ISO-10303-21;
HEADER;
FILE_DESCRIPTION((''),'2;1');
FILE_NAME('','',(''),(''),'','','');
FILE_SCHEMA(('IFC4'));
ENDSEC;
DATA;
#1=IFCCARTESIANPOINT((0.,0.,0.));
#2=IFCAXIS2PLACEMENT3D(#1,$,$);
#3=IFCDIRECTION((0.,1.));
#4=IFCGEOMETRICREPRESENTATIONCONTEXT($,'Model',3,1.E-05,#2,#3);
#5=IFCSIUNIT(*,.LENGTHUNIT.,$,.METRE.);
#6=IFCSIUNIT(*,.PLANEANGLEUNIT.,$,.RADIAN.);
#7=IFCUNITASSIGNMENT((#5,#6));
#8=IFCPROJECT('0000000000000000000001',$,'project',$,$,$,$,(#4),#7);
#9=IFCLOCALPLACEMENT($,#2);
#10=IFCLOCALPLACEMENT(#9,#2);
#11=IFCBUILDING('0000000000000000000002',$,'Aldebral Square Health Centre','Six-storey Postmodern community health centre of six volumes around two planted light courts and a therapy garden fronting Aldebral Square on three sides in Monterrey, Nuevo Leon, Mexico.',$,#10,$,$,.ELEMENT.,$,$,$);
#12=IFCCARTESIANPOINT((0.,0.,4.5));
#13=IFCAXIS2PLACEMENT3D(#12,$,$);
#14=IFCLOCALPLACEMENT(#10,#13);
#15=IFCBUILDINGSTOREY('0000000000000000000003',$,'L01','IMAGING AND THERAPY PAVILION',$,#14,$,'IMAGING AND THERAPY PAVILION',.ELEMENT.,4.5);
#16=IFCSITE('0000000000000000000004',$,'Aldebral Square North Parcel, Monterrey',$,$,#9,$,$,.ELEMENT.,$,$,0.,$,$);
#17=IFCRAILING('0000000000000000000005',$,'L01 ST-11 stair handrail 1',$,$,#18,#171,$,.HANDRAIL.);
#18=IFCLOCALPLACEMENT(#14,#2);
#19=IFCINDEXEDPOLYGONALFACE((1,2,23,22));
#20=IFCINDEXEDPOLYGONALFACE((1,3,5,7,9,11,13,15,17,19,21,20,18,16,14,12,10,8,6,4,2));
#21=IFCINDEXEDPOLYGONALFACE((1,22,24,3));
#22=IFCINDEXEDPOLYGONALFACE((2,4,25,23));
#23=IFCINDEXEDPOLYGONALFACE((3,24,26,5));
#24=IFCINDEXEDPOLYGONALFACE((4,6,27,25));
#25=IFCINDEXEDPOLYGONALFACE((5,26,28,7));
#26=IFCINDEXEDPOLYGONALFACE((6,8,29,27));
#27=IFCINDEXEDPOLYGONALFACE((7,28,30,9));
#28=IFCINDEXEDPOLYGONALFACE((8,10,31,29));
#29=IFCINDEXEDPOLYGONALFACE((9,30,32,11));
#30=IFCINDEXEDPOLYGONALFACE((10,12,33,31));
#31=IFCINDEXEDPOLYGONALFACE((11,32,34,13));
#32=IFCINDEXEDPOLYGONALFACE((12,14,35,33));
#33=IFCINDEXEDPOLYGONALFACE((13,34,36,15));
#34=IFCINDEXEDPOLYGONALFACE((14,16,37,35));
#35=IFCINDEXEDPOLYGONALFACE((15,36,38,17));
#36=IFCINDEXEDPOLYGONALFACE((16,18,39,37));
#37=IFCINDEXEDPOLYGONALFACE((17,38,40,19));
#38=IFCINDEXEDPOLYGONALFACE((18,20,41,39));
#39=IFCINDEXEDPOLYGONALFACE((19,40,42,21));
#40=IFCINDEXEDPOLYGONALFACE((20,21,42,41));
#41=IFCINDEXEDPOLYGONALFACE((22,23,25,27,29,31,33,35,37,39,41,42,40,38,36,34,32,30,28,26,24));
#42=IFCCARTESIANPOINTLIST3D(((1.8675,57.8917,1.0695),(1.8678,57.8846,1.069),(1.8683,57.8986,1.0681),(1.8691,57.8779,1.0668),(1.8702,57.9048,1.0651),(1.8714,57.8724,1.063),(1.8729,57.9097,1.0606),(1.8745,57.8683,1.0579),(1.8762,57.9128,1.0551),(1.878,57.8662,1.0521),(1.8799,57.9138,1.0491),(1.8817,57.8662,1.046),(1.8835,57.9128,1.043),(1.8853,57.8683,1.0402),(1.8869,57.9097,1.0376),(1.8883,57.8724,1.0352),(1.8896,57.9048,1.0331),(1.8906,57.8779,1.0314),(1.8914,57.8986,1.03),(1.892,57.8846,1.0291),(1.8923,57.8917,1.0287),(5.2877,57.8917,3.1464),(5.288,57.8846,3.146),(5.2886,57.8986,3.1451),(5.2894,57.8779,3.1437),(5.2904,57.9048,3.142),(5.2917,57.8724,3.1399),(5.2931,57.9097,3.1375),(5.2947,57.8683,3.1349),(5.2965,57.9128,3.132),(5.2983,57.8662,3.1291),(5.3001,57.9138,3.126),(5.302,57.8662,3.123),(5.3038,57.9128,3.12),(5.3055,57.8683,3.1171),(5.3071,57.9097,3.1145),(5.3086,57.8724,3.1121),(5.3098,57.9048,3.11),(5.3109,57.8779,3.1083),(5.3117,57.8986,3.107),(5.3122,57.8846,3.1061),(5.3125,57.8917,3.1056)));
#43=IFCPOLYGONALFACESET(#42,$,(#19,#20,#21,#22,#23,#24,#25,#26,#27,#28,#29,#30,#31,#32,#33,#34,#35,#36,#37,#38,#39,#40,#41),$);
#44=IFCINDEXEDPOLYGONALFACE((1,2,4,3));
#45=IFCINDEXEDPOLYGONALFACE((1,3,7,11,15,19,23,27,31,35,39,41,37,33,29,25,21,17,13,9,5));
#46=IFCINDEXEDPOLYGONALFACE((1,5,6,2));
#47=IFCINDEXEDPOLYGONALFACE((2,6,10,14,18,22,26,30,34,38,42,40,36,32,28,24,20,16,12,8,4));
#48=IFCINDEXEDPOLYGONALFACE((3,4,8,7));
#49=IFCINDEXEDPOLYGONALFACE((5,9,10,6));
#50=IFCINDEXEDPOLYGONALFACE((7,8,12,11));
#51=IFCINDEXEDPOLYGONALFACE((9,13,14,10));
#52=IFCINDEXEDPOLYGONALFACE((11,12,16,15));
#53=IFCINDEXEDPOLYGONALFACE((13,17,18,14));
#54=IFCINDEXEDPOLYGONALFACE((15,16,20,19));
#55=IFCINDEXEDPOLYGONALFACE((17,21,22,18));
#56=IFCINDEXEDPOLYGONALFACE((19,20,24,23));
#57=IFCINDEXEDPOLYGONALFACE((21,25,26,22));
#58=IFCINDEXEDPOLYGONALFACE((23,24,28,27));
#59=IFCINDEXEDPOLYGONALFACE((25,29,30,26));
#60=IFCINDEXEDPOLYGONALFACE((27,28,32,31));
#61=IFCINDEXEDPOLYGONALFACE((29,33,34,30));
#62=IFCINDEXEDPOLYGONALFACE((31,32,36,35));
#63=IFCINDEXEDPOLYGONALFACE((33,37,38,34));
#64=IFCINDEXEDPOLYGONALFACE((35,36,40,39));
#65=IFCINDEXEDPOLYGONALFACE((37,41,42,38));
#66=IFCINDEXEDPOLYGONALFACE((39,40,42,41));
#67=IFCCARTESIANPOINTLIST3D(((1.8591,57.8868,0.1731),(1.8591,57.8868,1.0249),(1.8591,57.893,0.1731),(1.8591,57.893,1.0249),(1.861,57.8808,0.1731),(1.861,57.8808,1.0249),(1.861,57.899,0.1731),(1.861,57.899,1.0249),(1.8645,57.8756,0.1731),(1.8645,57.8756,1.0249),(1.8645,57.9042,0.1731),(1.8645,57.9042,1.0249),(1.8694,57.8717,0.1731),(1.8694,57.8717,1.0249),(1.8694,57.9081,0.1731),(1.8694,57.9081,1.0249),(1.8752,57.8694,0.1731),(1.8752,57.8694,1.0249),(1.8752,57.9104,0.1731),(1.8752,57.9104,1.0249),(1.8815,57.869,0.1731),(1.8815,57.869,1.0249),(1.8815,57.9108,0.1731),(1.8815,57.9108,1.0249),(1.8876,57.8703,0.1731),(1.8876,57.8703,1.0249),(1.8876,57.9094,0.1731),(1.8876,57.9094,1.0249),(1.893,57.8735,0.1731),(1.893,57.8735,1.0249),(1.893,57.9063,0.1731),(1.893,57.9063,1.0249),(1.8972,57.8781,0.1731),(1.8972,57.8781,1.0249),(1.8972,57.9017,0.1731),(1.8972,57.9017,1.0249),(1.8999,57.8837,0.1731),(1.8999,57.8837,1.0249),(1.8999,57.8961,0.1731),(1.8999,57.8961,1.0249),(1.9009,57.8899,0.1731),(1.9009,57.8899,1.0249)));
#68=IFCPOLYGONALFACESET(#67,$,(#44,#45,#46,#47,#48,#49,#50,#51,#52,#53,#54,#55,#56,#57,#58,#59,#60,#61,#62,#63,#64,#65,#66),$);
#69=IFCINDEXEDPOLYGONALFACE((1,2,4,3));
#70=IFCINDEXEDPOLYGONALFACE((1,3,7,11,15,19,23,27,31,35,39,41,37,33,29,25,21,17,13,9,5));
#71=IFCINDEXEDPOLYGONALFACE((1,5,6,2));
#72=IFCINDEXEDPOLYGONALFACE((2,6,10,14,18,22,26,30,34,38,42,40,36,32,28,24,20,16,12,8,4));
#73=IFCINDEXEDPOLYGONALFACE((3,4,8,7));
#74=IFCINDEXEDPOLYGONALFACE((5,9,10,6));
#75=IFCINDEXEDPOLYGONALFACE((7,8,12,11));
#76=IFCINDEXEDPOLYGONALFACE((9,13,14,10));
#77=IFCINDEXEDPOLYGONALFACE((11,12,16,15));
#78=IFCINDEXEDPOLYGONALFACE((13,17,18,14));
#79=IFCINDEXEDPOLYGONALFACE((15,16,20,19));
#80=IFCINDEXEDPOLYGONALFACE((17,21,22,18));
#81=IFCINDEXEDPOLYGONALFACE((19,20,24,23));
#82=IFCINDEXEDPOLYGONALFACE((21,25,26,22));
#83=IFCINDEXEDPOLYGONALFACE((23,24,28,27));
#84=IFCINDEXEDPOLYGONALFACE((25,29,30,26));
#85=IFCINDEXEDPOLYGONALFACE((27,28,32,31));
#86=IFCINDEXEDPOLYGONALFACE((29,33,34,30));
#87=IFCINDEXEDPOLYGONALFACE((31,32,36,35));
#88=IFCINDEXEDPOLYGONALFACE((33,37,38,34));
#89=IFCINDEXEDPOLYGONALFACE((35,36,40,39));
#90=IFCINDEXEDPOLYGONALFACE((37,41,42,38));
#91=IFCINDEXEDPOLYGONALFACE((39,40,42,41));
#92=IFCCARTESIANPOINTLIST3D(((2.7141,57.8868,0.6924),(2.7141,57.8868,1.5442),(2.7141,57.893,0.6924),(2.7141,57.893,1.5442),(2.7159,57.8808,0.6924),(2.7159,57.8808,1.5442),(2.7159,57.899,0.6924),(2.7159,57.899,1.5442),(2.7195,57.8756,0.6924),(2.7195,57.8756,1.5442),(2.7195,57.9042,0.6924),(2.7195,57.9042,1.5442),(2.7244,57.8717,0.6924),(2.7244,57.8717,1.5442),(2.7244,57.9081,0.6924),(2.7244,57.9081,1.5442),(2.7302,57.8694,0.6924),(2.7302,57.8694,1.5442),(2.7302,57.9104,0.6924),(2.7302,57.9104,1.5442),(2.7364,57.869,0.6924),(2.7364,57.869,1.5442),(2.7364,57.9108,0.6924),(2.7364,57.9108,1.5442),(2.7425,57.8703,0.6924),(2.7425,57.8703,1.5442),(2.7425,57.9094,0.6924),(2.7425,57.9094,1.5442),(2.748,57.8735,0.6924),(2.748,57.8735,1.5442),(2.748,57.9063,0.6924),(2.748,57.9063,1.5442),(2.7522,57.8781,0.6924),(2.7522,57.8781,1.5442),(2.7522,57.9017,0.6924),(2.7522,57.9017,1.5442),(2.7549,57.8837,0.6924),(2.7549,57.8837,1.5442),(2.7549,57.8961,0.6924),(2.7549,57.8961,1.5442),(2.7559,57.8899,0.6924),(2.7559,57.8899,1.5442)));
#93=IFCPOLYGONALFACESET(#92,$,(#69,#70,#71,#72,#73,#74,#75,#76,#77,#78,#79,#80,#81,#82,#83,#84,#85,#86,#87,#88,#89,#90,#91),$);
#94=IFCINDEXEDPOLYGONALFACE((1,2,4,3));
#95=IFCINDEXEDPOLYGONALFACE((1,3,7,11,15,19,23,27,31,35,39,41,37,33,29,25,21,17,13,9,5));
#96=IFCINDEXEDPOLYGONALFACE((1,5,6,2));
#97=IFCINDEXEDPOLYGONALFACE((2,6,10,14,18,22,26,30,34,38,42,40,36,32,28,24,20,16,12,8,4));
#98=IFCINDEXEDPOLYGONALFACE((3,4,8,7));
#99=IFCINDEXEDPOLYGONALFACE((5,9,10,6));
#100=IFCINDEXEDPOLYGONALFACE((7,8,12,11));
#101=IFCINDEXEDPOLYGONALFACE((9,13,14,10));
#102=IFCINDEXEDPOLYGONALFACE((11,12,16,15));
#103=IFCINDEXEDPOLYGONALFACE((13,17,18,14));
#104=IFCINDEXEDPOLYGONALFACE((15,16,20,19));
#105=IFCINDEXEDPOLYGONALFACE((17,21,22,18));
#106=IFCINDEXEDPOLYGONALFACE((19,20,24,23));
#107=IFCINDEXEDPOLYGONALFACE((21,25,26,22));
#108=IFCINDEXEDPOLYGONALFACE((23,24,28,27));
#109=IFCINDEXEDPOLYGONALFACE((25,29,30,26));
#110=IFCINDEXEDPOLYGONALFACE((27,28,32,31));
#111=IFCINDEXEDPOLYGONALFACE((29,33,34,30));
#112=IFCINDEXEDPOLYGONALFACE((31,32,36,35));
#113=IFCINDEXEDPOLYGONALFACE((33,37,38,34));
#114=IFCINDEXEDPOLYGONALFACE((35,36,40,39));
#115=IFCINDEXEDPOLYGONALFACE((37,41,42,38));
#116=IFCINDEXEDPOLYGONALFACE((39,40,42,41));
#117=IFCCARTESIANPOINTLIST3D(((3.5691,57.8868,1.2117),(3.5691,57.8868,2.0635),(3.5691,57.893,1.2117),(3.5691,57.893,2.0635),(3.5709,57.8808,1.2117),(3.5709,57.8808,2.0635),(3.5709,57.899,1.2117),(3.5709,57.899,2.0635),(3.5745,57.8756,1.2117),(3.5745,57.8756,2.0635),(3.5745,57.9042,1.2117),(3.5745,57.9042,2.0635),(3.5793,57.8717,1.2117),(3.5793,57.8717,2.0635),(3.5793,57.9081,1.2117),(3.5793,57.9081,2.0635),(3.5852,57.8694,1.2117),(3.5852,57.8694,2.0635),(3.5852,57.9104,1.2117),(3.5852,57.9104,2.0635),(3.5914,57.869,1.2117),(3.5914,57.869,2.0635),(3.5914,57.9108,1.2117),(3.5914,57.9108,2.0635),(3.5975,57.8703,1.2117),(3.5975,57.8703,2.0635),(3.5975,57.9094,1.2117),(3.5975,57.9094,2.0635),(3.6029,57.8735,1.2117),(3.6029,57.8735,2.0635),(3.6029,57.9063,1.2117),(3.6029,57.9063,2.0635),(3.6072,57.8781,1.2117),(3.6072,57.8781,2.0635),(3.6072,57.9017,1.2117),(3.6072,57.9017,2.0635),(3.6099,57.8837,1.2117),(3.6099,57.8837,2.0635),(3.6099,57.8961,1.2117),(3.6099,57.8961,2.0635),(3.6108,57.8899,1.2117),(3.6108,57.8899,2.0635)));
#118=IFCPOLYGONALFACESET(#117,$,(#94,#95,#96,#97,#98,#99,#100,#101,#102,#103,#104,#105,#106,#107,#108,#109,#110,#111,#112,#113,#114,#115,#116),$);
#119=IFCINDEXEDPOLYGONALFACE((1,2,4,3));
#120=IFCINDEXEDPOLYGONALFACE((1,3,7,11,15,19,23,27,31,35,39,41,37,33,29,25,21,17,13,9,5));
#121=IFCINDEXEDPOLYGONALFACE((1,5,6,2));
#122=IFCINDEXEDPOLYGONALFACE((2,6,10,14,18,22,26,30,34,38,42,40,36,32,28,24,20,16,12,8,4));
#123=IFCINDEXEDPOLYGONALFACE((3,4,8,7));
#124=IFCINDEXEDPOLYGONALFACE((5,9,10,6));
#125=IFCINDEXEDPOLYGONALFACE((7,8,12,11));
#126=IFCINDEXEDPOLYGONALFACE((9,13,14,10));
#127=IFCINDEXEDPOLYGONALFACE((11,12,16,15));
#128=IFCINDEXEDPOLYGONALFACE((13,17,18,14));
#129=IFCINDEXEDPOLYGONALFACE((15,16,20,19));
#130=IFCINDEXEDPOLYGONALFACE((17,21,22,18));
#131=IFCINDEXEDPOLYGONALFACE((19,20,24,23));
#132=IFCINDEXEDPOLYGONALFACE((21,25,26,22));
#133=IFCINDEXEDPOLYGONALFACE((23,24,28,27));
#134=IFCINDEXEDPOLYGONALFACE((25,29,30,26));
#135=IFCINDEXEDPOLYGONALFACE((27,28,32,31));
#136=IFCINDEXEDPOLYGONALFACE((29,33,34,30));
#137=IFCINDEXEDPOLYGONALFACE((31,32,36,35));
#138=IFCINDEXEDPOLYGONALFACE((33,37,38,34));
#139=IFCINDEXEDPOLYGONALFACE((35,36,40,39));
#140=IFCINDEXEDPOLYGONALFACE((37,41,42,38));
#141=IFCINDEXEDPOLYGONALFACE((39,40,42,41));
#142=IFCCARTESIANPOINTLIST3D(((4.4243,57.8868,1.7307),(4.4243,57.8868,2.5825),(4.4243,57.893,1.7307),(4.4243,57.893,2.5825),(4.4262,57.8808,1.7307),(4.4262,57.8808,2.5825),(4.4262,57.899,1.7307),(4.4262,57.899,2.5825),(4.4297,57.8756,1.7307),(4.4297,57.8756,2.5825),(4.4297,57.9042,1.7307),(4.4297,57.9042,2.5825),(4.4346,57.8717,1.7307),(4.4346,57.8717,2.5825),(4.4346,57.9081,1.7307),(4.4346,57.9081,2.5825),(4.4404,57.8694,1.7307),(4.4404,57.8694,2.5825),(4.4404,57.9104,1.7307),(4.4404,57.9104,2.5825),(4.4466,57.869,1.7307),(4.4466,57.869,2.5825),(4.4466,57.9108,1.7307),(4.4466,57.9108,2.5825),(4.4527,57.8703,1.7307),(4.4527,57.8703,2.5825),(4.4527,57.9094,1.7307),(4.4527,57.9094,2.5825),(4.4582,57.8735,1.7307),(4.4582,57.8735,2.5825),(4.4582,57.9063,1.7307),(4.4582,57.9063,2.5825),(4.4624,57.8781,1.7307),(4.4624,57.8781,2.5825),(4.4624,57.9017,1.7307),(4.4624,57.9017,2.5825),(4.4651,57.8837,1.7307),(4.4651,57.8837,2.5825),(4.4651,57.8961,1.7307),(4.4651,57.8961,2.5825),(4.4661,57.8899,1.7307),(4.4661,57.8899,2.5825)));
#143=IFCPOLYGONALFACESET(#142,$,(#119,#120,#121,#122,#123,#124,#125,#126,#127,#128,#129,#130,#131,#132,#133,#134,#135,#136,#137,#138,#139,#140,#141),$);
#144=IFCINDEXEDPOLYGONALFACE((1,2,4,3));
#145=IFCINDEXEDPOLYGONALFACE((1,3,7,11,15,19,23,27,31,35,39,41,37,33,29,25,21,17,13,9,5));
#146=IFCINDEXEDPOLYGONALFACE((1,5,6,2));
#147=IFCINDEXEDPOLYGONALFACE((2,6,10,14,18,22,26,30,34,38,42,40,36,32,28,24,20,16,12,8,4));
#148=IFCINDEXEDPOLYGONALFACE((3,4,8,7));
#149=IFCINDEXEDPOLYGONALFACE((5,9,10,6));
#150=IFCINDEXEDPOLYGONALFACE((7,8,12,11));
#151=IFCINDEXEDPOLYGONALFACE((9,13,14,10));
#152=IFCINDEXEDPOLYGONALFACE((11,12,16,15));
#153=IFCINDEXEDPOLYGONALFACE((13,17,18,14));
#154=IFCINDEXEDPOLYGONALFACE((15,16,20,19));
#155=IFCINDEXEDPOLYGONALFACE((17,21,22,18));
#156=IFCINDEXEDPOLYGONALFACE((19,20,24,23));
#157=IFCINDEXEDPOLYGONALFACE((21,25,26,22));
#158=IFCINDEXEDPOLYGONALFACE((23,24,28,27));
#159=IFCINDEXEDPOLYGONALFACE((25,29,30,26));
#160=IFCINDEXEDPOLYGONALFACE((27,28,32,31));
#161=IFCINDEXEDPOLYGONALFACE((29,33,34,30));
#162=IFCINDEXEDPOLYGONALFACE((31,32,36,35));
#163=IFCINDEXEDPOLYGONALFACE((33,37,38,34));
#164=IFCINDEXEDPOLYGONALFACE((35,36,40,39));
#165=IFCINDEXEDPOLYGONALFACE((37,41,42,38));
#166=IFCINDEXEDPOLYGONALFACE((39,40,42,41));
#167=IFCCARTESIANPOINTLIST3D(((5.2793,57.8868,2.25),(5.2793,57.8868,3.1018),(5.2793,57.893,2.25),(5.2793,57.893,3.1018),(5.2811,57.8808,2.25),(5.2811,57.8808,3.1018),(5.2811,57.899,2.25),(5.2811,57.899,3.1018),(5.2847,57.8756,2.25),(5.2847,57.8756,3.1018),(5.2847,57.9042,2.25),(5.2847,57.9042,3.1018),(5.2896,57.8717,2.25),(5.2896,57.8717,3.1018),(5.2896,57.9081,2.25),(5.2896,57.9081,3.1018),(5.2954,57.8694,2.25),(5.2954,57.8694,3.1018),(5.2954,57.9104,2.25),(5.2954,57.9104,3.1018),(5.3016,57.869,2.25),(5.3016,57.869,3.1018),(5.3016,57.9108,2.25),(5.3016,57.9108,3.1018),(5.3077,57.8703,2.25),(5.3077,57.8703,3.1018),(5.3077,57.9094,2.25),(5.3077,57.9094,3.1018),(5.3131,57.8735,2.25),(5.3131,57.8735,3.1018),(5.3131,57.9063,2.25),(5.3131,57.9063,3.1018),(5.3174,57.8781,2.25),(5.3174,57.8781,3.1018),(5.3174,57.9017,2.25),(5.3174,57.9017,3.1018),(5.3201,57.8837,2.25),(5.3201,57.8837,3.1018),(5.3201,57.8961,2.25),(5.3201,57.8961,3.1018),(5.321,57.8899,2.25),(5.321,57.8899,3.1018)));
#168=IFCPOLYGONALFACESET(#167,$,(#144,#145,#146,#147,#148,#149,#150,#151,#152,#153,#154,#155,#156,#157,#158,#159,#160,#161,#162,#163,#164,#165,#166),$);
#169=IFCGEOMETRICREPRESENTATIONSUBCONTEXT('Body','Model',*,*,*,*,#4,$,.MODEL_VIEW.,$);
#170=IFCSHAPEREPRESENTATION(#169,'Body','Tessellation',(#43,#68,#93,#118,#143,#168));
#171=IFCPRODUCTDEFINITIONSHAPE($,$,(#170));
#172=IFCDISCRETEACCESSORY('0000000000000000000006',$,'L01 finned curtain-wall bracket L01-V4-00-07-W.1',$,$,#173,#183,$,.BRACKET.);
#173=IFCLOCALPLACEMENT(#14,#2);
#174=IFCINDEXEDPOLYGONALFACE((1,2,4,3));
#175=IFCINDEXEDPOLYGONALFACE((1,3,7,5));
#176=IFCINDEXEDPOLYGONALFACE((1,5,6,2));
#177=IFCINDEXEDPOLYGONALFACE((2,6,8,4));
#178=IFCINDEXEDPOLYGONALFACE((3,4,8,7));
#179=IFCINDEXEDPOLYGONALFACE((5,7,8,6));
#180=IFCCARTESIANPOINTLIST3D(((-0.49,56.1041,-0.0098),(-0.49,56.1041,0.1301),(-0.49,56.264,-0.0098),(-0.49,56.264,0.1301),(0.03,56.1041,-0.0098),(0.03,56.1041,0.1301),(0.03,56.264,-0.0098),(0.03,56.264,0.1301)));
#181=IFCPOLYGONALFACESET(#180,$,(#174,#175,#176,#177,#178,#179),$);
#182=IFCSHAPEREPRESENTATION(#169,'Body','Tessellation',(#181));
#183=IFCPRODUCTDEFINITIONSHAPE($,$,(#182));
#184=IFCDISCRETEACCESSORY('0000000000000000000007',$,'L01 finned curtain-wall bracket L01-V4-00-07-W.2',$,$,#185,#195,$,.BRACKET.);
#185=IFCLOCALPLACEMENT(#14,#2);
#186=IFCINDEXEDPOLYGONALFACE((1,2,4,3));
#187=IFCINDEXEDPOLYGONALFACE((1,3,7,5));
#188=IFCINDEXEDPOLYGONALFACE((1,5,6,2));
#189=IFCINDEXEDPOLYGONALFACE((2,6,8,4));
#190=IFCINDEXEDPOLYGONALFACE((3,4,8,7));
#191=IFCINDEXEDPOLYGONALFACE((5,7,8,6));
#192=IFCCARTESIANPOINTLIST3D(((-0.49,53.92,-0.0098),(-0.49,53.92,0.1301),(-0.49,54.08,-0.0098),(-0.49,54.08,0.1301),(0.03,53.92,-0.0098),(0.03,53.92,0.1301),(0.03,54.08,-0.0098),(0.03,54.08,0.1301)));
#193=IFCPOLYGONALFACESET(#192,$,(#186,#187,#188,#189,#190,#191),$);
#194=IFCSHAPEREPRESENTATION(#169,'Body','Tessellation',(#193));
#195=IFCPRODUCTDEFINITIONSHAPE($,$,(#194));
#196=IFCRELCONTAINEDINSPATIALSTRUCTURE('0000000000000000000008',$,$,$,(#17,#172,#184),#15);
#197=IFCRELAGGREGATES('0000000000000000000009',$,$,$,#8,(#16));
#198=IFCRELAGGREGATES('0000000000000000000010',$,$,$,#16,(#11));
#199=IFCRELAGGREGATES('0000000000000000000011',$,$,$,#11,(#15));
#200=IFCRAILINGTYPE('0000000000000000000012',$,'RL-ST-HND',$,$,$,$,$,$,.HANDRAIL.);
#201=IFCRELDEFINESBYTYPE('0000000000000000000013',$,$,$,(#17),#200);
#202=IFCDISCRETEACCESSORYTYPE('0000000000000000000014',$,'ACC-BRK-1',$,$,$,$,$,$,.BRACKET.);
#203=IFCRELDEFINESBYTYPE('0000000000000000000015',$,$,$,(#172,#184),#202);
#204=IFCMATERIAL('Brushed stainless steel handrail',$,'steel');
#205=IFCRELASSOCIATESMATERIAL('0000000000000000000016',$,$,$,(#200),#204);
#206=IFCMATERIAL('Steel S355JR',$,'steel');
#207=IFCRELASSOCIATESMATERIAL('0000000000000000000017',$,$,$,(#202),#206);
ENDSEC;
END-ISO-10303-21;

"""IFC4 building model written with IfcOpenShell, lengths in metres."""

from ifc_helpers import new_model, si_unit, direction, frame, origin, origin_2d, place, context, subcontext, project, spatial, rectangle, circle, extrude, material, type_object, element, save


model = new_model("IFC4")

# Units and contexts
model_context = context("Model", 3, precision=1e-05, world=origin(), true_north=direction((0.0, 1.0)))
body_context = subcontext(model_context, "Body", "Model", "MODEL_VIEW")
ifc_project = project(units=[si_unit("LENGTHUNIT", "METRE"), si_unit("PLANEANGLEUNIT", "RADIAN")], contexts=[model_context])

# Site, building, storey
site_placement = place(None, origin())
site = spatial("IfcSite", under=ifc_project, at=site_placement, Name="Aldebral Square North Parcel, Monterrey", CompositionType="ELEMENT", RefElevation=0.0)
building_placement = place(site_placement, origin())
building = spatial("IfcBuilding", under=site, at=building_placement, Name="Aldebral Square Health Centre", Description="Six-storey Postmodern community health centre of six volumes around two planted light courts and a therapy garden fronting Aldebral Square on three sides in Monterrey, Nuevo Leon, Mexico.", CompositionType="ELEMENT")
storey_placement = place(building_placement, frame((0.0, 0.0, 4.5)))
storey = spatial("IfcBuildingStorey", under=building, at=storey_placement, Name="L01", Description="IMAGING AND THERAPY PAVILION", LongName="IMAGING AND THERAPY PAVILION", CompositionType="ELEMENT", Elevation=4.5)

# Railing
ifc_material_1 = material(Name="Brushed stainless steel handrail", Category="steel")
railing_type_1 = type_object("IfcRailingType", Name="RL-ST-HND", PredefinedType="HANDRAIL", material=ifc_material_1)
railing_1_placement = place(storey_placement, frame((1.8799, 57.8899, 0.1731)))
element("IfcRailing", 1, at=railing_1_placement, inside=storey, type_object=railing_type_1, Name="L01 ST-11 stair handrail 1", PredefinedType="HANDRAIL", context=body_context, shape_type="SweptSolid", body=[
    extrude(circle(Radius=0.0239, at=origin_2d()), frame((0.0, 0.0, 0.876), z_axis=(0.854746, 0.0, 0.519047), x_axis=(0.0, 1.0, 0.0)), (0.0, 0.0, 1.0), 4.0015),
    extrude(circle(Radius=0.021, at=origin_2d()), origin(), (0.0, 0.0, 1.0), 0.8518),
    extrude(circle(Radius=0.021, at=origin_2d()), frame((0.855, 0.0, 0.5193)), (0.0, 0.0, 1.0), 0.8518),
    extrude(circle(Radius=0.021, at=origin_2d()), frame((1.71, 0.0, 1.0386)), (0.0, 0.0, 1.0), 0.8518),
    extrude(circle(Radius=0.021, at=origin_2d()), frame((2.5652, 0.0, 1.5576)), (0.0, 0.0, 1.0), 0.8518),
    extrude(circle(Radius=0.021, at=origin_2d()), frame((3.4202, 0.0, 2.0769)), (0.0, 0.0, 1.0), 0.8518),
])

# Discrete accessories
ifc_material_2 = material(Name="Steel S355JR", Category="steel")
discrete_accessory_type = type_object("IfcDiscreteAccessoryType", Name="ACC-BRK-1", PredefinedType="BRACKET", material=ifc_material_2)
for number, where, z_axis, x_axis, name in (
    (2, (-0.23, 56.1841, -0.0098), (0.0, 0.0, 1.0), (0.0, 1.0, 0.0), "L01 finned curtain-wall bracket L01-V4-00-07-W.1"),
    (3, (-0.23, 54.0, -0.0098), (0.0, 0.0, 1.0), (0.0, 1.0, 0.0), "L01 finned curtain-wall bracket L01-V4-00-07-W.2"),
):
    element("IfcDiscreteAccessory", number, at=place(storey_placement, frame(where, z_axis=z_axis, x_axis=x_axis)), inside=storey, type_object=discrete_accessory_type, Name=name, PredefinedType="BRACKET", context=body_context, shape_type="SweptSolid", body=[
        extrude(rectangle(XDim=0.1599, YDim=0.52, at=origin_2d()), origin(), (0.0, 0.0, 1.0), 0.1399),
    ])

save(model, "model.ifc")
